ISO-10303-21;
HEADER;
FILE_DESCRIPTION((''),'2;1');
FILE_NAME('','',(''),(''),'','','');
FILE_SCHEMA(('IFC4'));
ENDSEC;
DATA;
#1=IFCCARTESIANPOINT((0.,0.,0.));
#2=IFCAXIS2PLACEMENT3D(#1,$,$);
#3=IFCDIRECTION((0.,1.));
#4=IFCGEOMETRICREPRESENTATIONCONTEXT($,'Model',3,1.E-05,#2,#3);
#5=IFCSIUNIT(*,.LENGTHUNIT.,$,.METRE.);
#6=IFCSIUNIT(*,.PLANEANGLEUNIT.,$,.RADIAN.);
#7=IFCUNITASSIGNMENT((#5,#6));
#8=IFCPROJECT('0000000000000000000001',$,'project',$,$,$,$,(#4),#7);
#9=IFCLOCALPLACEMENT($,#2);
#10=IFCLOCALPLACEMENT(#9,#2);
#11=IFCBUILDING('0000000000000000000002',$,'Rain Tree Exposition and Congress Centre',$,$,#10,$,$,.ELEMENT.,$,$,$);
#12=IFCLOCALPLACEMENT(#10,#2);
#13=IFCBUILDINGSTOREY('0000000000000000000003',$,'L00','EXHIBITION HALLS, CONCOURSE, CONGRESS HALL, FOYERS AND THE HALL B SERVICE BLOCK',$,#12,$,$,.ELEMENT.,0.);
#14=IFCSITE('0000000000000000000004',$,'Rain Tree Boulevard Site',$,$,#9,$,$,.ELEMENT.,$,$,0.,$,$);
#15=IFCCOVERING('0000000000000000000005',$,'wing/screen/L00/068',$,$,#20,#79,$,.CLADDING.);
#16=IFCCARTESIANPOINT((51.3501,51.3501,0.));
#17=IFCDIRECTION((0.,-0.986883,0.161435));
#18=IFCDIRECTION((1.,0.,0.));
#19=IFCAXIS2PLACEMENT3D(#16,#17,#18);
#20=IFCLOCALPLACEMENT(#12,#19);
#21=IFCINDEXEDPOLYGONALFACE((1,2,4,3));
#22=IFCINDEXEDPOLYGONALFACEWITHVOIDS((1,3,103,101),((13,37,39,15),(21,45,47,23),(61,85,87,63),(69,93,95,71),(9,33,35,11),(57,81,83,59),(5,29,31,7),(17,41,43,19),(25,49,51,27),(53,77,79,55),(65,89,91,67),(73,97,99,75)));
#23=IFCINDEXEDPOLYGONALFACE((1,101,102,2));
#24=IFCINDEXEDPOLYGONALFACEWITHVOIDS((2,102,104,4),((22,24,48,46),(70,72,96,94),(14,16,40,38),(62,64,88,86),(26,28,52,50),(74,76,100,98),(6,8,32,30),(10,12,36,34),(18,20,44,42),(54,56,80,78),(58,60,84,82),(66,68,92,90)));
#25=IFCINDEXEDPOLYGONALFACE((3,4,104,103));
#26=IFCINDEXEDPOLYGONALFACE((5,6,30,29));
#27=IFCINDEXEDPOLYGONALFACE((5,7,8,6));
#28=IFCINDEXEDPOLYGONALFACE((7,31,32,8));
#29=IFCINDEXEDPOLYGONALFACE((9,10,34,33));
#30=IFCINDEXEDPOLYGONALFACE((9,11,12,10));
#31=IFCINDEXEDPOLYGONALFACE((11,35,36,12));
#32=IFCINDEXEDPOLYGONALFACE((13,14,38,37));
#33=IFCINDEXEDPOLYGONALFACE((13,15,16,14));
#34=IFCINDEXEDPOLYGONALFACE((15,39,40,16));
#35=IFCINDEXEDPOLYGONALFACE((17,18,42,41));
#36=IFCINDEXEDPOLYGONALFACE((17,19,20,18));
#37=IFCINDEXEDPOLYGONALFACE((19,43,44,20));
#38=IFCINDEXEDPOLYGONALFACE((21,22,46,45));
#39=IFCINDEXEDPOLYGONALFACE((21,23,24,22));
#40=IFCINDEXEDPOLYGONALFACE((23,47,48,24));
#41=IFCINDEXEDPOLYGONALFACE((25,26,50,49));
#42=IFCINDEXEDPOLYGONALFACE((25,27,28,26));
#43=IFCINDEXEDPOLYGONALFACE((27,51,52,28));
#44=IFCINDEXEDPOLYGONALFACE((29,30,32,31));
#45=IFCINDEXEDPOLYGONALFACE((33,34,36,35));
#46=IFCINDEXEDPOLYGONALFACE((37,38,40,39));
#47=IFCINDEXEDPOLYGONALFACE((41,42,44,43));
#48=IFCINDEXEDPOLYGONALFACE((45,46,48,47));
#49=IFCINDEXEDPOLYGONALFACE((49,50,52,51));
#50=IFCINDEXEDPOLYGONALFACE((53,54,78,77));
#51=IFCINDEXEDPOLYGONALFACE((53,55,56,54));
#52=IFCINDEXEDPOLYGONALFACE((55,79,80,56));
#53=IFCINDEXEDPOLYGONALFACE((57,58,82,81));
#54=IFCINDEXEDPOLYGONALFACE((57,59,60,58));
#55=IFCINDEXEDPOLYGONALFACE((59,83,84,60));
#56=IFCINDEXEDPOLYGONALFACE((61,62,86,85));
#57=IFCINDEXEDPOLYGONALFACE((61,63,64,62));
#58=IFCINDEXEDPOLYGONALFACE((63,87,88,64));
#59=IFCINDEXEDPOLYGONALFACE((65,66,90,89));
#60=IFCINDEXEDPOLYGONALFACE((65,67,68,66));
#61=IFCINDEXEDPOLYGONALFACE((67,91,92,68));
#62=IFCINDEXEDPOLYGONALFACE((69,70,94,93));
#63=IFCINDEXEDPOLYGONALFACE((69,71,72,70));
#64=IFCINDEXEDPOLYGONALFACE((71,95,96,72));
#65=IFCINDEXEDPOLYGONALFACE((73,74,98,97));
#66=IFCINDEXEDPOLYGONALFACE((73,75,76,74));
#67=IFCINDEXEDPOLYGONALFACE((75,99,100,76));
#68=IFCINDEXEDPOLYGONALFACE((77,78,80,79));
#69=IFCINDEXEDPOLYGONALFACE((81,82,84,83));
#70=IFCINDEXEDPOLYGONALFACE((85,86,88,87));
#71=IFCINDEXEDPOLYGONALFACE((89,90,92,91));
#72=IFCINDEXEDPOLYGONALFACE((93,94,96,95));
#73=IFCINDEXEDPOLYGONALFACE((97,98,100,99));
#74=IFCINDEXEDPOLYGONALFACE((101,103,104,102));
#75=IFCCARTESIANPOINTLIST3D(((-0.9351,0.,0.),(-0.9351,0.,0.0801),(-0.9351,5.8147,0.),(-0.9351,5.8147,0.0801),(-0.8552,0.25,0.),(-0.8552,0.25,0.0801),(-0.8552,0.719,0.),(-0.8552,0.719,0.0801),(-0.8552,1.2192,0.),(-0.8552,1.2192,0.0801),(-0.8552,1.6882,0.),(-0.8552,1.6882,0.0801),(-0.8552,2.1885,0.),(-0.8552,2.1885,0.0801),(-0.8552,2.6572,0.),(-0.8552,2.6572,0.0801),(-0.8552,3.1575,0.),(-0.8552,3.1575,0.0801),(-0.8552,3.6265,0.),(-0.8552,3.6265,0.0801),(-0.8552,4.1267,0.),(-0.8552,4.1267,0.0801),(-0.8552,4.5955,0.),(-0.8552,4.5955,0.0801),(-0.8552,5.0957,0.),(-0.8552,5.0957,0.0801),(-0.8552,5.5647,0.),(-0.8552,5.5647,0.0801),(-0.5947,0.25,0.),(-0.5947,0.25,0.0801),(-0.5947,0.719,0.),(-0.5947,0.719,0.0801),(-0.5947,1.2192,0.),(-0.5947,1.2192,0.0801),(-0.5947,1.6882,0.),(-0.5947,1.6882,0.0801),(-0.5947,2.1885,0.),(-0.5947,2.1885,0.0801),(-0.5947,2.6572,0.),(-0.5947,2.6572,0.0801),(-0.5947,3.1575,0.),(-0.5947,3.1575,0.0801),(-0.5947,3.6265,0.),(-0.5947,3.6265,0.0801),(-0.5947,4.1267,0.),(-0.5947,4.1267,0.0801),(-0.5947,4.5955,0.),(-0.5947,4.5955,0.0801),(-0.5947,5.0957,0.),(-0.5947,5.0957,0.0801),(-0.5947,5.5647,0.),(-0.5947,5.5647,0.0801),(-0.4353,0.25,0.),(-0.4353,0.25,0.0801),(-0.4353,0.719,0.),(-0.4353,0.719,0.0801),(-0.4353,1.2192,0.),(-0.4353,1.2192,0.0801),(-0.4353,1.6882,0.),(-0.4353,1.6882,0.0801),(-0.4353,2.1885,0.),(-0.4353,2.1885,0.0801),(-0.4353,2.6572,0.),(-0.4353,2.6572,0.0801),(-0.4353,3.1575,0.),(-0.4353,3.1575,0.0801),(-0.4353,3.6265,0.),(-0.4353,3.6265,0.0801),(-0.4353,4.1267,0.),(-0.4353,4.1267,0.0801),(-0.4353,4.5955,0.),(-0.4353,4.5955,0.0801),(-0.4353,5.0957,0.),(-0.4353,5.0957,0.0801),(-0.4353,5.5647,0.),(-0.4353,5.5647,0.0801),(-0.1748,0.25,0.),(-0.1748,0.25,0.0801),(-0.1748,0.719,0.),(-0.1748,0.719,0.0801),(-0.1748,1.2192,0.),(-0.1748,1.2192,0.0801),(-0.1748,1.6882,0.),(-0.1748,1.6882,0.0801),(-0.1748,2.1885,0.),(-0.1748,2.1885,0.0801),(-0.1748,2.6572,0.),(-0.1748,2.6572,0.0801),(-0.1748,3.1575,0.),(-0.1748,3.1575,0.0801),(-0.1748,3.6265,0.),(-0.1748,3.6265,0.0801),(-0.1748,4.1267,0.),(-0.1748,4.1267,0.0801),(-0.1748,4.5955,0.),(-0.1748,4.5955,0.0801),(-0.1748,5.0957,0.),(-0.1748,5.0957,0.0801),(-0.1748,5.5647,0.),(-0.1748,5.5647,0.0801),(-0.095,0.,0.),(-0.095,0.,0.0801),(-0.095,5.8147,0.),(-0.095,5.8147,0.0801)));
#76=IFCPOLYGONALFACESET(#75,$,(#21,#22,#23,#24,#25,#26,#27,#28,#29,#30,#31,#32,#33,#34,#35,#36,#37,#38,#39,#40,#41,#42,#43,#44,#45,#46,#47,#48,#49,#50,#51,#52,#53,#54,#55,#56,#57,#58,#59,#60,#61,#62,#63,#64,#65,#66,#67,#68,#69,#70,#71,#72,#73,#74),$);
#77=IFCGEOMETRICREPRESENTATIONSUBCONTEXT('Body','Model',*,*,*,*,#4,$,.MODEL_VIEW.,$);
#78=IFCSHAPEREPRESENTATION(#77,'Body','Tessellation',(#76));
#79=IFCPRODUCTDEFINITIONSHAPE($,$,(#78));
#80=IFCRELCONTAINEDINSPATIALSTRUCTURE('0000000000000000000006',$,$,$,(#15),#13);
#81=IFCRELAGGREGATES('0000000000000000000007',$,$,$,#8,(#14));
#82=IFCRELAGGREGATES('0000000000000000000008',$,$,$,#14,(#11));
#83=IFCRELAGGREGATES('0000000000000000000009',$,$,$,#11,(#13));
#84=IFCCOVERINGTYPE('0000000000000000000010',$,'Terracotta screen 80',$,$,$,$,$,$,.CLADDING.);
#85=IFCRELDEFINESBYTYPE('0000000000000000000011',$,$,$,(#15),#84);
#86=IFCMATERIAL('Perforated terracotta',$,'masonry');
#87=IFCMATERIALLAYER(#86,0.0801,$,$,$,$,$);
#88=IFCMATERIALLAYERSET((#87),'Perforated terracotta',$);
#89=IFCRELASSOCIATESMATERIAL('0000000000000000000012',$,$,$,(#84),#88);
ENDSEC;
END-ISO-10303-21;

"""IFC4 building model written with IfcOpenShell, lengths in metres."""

from ifc_helpers import new_model, si_unit, direction, frame, origin, place, context, subcontext, project, spatial, polyline, outline, extrude, material, layer, layer_set, type_object, element, save


model = new_model("IFC4")

# Units and contexts
model_context = context("Model", 3, precision=1e-05, world=origin(), true_north=direction((0.0, 1.0)))
body_context = subcontext(model_context, "Body", "Model", "MODEL_VIEW")
ifc_project = project(units=[si_unit("LENGTHUNIT", "METRE"), si_unit("PLANEANGLEUNIT", "RADIAN")], contexts=[model_context])

# Site, building, storey
site_placement = place(None, origin())
site = spatial("IfcSite", under=ifc_project, at=site_placement, Name="Rain Tree Boulevard Site", CompositionType="ELEMENT", RefElevation=0.0)
building_placement = place(site_placement, origin())
building = spatial("IfcBuilding", under=site, at=building_placement, Name="Rain Tree Exposition and Congress Centre", CompositionType="ELEMENT")
storey_placement = place(building_placement, origin())
storey = spatial("IfcBuildingStorey", under=building, at=storey_placement, Name="L00", Description="EXHIBITION HALLS, CONCOURSE, CONGRESS HALL, FOYERS AND THE HALL B SERVICE BLOCK", CompositionType="ELEMENT", Elevation=0.0)

# Covering
ifc_material_1 = material(Name="Perforated terracotta", Category="masonry")
ifc_layer_1 = layer(ifc_material_1, 0.0801)
ifc_layer_set_1 = layer_set([ifc_layer_1], Name="Perforated terracotta")
covering_type = type_object("IfcCoveringType", Name="Terracotta screen 80", PredefinedType="CLADDING", material=ifc_layer_set_1)
covering_1_placement = place(storey_placement, frame((51.3501, 51.3501, 0.0), z_axis=(0.0, -0.986883, 0.161435), x_axis=(1.0, 0.0, 0.0)))
element("IfcCovering", 1, at=covering_1_placement, inside=storey, type_object=covering_type, Name="wing/screen/L00/068", PredefinedType="CLADDING", context=body_context, shape_type="SweptSolid", body=[
    extrude(outline(polyline([(-0.095, 5.8147), (-0.095, 0.0), (-0.9351, 0.0), (-0.9351, 5.8147), (-0.095, 5.8147)]), holes=[polyline([(-0.1748, 0.25), (-0.1748, 0.719), (-0.4353, 0.719), (-0.4353, 0.25), (-0.1748, 0.25)]), polyline([(-0.1748, 1.2192), (-0.1748, 1.6882), (-0.4353, 1.6882), (-0.4353, 1.2192), (-0.1748, 1.2192)]), polyline([(-0.1748, 2.1885), (-0.1748, 2.6572), (-0.4353, 2.6572), (-0.4353, 2.1885), (-0.1748, 2.1885)]), polyline([(-0.1748, 3.1575), (-0.1748, 3.6265), (-0.4353, 3.6265), (-0.4353, 3.1575), (-0.1748, 3.1575)]), polyline([(-0.1748, 4.1267), (-0.1748, 4.5955), (-0.4353, 4.5955), (-0.4353, 4.1267), (-0.1748, 4.1267)]), polyline([(-0.1748, 5.0957), (-0.1748, 5.5647), (-0.4353, 5.5647), (-0.4353, 5.0957), (-0.1748, 5.0957)]), polyline([(-0.5947, 0.25), (-0.5947, 0.719), (-0.8552, 0.719), (-0.8552, 0.25), (-0.5947, 0.25)]), polyline([(-0.5947, 1.2192), (-0.5947, 1.6882), (-0.8552, 1.6882), (-0.8552, 1.2192), (-0.5947, 1.2192)]), polyline([(-0.5947, 2.1885), (-0.5947, 2.6572), (-0.8552, 2.6572), (-0.8552, 2.1885), (-0.5947, 2.1885)]), polyline([(-0.5947, 3.1575), (-0.5947, 3.6265), (-0.8552, 3.6265), (-0.8552, 3.1575), (-0.5947, 3.1575)]), polyline([(-0.5947, 4.1267), (-0.5947, 4.5955), (-0.8552, 4.5955), (-0.8552, 4.1267), (-0.5947, 4.1267)]), polyline([(-0.5947, 5.0957), (-0.5947, 5.5647), (-0.8552, 5.5647), (-0.8552, 5.0957), (-0.5947, 5.0957)])]), origin(), (0.0, 0.0, 1.0), 0.0801),
])

save(model, "model.ifc")
